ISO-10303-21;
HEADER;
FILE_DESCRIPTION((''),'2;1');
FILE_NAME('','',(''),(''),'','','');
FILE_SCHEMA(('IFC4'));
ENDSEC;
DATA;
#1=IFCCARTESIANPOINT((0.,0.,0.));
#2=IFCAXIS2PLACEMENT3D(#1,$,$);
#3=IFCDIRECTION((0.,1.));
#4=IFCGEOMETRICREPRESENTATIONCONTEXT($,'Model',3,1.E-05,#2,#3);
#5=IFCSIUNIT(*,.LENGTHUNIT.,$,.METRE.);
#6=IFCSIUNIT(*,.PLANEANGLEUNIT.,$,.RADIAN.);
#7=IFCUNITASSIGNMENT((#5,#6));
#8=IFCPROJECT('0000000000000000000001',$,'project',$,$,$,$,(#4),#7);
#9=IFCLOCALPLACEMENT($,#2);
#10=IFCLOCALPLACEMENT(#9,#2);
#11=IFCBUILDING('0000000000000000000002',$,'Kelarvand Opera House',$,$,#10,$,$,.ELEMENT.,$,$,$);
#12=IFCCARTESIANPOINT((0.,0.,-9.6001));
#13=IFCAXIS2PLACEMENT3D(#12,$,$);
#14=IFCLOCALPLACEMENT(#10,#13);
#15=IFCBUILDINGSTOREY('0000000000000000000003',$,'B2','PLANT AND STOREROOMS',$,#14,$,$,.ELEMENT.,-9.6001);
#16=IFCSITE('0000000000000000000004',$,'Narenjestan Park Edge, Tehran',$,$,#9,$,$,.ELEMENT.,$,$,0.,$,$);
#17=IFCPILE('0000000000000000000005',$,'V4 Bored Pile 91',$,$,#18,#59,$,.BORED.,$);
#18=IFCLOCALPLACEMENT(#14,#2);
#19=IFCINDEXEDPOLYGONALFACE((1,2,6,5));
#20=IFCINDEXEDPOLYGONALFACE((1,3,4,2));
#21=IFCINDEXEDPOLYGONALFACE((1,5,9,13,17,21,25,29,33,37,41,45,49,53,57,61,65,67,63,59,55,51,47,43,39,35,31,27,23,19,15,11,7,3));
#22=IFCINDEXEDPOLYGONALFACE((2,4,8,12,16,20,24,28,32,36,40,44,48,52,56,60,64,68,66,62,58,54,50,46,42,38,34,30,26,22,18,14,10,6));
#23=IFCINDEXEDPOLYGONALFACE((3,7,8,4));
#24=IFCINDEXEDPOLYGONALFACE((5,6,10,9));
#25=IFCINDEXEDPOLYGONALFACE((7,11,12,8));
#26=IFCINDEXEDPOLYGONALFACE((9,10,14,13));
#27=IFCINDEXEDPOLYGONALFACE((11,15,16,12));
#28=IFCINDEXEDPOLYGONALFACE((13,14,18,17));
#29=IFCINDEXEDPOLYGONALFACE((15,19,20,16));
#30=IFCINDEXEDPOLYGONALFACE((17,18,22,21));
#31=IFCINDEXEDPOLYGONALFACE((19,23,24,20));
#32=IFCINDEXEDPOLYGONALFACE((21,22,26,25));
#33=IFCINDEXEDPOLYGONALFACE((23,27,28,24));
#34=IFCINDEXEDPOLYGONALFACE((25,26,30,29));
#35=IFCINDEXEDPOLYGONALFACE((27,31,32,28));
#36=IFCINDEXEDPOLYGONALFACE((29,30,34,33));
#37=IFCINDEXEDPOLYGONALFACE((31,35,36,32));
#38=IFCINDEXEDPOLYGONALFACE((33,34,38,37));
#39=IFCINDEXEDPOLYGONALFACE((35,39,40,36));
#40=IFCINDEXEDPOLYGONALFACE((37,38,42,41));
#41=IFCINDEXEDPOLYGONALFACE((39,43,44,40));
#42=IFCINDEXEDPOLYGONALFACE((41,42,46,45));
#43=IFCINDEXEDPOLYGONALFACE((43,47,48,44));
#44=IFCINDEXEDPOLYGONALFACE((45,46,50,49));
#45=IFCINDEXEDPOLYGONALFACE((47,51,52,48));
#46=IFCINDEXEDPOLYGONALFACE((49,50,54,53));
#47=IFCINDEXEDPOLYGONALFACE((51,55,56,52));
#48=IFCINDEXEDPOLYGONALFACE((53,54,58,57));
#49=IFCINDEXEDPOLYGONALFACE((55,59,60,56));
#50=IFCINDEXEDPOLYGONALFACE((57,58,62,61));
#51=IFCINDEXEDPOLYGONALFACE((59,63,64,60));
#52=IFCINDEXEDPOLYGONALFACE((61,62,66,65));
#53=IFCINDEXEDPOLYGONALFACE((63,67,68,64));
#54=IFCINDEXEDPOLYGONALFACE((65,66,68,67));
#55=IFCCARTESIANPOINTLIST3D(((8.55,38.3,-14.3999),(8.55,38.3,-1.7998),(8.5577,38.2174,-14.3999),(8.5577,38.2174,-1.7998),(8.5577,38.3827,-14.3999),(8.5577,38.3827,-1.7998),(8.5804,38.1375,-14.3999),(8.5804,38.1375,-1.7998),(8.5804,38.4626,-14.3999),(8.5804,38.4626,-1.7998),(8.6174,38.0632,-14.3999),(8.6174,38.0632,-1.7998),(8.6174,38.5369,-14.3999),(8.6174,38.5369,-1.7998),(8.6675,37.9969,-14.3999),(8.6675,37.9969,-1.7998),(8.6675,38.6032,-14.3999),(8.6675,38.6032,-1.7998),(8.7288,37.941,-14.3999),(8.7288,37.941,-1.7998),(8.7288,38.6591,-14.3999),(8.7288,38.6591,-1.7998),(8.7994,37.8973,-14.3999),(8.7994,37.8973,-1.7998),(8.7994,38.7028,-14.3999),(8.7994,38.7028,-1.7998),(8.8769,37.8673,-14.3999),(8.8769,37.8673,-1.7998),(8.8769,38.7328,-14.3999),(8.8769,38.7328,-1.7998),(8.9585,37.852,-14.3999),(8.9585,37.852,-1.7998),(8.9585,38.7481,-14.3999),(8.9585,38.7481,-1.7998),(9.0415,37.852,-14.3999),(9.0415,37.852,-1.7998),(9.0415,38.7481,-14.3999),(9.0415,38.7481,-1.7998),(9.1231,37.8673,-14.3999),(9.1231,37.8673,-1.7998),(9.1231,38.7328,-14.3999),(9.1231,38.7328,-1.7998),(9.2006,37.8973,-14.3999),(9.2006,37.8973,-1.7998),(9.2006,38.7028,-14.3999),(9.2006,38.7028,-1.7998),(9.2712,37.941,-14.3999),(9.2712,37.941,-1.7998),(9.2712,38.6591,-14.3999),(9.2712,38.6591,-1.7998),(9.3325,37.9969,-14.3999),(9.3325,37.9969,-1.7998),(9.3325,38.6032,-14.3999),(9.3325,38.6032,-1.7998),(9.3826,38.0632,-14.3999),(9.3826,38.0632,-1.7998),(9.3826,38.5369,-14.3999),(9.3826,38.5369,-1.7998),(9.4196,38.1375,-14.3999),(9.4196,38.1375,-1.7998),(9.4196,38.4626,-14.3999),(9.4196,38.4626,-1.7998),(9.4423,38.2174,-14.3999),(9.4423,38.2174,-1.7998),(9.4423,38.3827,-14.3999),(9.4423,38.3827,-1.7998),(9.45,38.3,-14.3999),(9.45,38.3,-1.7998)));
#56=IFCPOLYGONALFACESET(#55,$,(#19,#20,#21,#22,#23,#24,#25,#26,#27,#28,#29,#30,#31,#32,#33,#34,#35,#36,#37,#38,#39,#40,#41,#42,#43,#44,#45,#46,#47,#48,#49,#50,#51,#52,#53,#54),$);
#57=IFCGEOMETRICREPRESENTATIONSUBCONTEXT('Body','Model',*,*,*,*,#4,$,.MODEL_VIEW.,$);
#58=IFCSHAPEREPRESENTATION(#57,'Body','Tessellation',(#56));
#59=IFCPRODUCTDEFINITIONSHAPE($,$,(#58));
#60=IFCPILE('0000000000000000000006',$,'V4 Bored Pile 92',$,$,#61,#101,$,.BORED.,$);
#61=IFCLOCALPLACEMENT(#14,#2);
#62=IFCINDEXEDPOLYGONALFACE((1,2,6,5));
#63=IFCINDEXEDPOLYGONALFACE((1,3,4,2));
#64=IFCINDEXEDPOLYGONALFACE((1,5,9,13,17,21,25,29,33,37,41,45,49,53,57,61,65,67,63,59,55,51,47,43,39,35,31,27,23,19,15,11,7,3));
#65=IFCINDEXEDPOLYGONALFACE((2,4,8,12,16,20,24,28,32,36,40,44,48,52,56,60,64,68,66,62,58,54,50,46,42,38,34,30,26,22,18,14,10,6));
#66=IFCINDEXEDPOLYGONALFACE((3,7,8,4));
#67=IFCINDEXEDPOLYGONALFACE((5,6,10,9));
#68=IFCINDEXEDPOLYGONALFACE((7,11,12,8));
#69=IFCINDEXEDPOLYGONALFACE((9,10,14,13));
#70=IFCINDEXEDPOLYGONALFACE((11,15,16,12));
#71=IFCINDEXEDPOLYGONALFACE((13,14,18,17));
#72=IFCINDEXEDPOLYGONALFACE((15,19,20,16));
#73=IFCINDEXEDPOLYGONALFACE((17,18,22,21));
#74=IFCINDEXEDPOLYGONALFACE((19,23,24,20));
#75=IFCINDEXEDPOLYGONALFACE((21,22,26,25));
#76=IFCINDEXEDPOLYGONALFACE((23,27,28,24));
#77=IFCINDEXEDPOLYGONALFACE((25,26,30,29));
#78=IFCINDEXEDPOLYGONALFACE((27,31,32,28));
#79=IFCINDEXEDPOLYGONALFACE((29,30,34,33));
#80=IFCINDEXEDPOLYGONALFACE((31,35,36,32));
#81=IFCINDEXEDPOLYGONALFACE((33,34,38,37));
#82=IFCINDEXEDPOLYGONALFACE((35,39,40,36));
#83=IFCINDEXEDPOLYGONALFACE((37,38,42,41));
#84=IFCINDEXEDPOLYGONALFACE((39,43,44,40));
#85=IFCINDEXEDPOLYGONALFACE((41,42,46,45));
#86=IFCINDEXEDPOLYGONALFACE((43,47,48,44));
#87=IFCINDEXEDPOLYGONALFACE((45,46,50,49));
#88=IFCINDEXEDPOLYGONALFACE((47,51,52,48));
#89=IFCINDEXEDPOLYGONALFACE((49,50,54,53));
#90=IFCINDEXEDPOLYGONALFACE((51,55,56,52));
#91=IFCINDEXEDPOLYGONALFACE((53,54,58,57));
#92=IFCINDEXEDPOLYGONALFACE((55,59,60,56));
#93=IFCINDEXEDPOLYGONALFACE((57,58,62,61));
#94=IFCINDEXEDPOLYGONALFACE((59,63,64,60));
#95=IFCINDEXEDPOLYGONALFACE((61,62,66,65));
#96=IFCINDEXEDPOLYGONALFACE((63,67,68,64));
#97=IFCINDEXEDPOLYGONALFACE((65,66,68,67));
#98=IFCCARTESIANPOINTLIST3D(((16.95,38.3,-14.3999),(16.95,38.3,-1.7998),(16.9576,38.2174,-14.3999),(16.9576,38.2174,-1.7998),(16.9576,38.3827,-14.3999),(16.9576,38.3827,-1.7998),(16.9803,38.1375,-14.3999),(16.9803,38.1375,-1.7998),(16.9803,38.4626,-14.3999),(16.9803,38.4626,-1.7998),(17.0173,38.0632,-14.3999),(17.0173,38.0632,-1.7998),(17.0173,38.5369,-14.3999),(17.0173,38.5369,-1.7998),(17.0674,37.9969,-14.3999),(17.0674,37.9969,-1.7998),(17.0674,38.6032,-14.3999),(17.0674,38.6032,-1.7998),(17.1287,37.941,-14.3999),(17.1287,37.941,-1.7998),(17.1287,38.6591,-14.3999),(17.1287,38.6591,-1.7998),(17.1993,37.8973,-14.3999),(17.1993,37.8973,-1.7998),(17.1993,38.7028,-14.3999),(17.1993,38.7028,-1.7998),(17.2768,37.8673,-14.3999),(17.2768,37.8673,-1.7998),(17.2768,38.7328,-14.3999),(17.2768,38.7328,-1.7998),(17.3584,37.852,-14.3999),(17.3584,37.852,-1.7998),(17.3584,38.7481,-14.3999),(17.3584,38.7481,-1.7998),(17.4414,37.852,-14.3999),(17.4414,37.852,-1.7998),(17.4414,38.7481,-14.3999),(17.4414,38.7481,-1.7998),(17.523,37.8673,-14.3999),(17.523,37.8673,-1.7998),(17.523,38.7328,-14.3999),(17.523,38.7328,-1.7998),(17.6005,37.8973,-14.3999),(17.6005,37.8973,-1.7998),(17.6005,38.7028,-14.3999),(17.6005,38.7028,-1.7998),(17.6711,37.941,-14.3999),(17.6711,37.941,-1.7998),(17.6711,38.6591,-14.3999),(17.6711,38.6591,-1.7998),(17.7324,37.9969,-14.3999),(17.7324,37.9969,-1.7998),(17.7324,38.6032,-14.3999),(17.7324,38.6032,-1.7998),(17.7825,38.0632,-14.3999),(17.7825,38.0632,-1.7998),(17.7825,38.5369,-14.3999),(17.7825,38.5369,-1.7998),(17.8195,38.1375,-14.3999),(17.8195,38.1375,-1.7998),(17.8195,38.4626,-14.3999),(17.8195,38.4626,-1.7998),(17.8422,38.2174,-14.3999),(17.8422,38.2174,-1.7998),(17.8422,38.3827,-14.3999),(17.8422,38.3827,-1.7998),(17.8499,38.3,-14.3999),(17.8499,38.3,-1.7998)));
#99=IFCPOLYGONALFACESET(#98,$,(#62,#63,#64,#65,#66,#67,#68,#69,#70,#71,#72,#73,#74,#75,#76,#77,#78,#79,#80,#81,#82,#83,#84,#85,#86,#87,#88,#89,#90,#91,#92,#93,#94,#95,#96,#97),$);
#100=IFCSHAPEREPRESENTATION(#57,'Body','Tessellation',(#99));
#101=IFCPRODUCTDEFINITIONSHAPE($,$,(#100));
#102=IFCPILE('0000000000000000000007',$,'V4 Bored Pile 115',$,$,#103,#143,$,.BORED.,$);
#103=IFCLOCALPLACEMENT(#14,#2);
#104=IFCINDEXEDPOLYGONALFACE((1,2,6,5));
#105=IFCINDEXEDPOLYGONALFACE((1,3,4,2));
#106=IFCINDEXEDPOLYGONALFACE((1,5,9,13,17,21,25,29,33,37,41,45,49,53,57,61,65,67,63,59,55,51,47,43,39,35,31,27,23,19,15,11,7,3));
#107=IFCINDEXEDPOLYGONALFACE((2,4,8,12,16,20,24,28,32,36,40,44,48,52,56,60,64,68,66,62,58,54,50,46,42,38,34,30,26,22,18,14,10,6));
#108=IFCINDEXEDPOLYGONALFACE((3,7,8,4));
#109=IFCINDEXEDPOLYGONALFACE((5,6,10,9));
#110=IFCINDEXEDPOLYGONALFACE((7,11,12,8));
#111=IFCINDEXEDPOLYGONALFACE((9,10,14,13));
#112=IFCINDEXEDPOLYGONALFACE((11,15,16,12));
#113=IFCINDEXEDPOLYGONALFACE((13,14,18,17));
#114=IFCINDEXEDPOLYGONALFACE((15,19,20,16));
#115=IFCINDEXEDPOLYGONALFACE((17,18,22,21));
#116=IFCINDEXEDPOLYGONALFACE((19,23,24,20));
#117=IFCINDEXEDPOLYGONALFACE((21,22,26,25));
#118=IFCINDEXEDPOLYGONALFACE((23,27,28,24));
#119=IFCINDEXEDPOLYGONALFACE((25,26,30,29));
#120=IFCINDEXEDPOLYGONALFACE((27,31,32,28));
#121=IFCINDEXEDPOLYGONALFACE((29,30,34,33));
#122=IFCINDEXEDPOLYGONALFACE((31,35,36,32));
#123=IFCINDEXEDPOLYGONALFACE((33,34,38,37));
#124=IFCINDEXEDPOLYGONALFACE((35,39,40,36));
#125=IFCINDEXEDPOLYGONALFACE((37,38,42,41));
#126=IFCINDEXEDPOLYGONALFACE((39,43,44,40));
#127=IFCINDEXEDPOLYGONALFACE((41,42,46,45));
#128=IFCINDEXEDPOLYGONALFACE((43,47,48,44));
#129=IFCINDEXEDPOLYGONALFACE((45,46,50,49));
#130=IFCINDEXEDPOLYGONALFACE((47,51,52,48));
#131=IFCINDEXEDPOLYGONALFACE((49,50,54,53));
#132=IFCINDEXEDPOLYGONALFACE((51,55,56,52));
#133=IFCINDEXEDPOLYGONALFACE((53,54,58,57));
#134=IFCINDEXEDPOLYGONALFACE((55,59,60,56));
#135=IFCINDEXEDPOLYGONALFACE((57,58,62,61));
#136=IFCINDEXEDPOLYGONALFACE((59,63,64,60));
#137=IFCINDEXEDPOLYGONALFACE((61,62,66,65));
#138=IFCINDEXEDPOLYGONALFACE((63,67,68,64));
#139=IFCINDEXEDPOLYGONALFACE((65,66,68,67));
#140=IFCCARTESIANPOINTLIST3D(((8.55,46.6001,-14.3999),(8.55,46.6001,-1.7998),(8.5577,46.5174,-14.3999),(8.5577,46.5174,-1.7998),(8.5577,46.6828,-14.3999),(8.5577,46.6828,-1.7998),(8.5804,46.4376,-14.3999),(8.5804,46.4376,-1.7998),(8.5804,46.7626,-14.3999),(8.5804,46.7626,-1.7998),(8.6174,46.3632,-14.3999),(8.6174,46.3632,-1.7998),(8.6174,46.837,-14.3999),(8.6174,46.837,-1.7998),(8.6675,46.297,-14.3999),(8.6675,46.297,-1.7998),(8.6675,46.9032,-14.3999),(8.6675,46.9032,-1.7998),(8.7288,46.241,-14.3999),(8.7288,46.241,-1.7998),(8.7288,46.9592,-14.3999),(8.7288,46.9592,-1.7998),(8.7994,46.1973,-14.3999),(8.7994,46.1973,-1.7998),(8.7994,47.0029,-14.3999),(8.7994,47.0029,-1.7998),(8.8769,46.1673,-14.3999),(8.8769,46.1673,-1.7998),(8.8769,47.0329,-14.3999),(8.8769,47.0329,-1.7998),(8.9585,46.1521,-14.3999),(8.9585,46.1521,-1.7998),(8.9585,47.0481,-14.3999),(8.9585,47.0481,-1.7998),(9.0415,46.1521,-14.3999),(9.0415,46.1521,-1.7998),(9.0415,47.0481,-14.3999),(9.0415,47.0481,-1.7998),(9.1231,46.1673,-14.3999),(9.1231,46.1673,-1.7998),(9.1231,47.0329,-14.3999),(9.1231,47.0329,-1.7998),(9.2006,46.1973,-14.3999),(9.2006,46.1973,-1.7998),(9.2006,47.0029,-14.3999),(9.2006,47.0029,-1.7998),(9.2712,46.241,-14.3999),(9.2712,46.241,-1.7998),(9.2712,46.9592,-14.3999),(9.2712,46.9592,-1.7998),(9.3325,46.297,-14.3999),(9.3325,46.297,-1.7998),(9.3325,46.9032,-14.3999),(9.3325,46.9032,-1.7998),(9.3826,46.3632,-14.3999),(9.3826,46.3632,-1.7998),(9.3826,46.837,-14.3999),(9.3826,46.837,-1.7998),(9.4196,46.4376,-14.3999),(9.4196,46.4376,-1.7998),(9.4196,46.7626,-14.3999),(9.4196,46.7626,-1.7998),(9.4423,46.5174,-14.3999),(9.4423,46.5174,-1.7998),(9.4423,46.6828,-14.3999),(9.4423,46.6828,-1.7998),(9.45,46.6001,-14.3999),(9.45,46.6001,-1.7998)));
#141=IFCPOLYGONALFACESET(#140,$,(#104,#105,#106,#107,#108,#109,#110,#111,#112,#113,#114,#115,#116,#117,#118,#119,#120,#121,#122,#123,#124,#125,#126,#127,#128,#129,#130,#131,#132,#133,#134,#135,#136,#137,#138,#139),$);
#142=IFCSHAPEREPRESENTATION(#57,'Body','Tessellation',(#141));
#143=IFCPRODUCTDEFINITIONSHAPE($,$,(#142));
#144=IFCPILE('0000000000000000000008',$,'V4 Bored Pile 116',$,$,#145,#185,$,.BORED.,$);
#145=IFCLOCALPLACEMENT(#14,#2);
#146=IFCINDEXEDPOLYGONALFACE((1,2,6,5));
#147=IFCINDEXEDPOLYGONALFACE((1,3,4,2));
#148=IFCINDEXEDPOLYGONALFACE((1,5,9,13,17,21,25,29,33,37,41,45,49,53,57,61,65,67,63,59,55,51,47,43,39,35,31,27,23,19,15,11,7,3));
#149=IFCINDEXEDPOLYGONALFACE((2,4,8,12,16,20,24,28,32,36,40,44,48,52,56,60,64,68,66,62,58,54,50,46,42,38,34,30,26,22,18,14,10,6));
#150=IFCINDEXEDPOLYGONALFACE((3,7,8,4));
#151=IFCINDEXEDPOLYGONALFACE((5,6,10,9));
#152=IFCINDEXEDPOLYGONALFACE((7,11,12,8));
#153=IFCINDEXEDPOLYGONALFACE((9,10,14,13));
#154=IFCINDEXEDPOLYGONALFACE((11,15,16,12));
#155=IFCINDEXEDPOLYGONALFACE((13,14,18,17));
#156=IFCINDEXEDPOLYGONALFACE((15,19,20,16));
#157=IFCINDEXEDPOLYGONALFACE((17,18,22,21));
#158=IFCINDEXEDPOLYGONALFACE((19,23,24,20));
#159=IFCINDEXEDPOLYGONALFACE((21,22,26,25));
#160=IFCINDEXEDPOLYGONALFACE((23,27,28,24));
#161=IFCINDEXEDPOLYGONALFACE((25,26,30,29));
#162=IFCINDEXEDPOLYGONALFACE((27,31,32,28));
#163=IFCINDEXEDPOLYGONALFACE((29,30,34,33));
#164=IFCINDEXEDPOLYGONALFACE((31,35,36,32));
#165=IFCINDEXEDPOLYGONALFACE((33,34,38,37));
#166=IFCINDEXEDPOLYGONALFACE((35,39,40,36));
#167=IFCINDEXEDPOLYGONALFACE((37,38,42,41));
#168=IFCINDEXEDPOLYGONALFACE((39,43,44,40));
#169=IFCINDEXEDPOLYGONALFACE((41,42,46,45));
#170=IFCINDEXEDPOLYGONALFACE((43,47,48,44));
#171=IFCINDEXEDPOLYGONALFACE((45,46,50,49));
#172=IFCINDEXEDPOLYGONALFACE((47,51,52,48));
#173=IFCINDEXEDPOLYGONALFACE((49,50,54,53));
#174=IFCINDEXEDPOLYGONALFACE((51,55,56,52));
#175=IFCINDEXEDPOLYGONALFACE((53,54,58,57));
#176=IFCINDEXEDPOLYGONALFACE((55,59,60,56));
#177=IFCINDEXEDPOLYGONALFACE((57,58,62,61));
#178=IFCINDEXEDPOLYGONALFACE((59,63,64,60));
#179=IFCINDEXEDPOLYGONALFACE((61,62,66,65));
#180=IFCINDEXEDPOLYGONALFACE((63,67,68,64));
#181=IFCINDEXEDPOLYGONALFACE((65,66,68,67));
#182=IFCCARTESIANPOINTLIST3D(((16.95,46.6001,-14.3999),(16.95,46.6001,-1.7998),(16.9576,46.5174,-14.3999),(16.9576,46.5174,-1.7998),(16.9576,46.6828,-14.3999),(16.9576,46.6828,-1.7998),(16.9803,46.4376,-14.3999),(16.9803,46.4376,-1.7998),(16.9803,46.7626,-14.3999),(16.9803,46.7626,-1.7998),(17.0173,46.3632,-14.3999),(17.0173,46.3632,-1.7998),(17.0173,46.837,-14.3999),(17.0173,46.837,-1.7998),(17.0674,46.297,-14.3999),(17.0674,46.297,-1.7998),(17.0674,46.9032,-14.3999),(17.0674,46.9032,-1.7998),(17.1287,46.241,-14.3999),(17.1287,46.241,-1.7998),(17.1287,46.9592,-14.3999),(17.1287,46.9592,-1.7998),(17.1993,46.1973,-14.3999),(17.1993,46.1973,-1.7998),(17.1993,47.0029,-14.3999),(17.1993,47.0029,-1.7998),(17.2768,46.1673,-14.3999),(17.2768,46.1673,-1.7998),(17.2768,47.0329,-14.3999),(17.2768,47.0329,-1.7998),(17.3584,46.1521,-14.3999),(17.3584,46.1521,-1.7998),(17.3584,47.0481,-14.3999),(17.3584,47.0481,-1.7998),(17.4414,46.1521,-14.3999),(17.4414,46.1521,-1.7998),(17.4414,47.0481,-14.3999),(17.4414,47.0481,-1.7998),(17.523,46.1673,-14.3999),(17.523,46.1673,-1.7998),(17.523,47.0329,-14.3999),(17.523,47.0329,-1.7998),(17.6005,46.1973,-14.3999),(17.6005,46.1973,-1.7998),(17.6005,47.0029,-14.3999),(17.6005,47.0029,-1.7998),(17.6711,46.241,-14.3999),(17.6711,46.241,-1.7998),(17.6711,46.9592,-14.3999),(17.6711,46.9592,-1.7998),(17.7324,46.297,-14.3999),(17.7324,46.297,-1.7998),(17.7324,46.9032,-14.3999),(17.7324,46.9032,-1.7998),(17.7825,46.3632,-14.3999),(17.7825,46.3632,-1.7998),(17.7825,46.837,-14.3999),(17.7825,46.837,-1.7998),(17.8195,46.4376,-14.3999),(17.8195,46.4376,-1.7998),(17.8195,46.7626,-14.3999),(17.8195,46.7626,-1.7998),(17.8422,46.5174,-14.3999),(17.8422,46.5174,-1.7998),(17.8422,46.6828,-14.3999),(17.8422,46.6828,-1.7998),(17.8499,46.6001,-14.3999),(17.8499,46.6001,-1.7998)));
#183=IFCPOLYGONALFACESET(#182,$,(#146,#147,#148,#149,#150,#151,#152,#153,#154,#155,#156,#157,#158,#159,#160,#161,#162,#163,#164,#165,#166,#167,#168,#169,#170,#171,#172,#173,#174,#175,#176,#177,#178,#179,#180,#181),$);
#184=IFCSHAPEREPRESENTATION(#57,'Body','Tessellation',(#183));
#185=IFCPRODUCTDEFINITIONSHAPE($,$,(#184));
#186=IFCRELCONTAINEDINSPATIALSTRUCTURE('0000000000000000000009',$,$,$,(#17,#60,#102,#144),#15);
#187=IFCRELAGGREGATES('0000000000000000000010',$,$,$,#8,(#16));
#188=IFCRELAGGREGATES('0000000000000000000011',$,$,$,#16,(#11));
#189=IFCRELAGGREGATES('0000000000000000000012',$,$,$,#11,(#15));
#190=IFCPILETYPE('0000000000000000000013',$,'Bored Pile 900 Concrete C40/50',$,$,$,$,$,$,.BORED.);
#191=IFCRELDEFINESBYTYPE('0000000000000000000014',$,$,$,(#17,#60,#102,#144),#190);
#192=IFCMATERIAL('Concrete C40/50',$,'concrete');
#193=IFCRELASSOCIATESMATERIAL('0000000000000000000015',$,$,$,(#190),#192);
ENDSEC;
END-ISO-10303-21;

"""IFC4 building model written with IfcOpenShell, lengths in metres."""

from ifc_helpers import new_model, si_unit, direction, frame, origin, origin_2d, place, context, subcontext, project, spatial, circle, extrude, material, material_profile, profile_set, type_object, element, save


model = new_model("IFC4")

# Units and contexts
model_context = context("Model", 3, precision=1e-05, world=origin(), true_north=direction((0.0, 1.0)))
body_context = subcontext(model_context, "Body", "Model", "MODEL_VIEW")
ifc_project = project(units=[si_unit("LENGTHUNIT", "METRE"), si_unit("PLANEANGLEUNIT", "RADIAN")], contexts=[model_context])

# Site, building, storey
site_placement = place(None, origin())
site = spatial("IfcSite", under=ifc_project, at=site_placement, Name="Narenjestan Park Edge, Tehran", CompositionType="ELEMENT", RefElevation=0.0)
building_placement = place(site_placement, origin())
building = spatial("IfcBuilding", under=site, at=building_placement, Name="Kelarvand Opera House", CompositionType="ELEMENT")
storey_placement = place(building_placement, frame((0.0, 0.0, -9.6001)))
storey = spatial("IfcBuildingStorey", under=building, at=storey_placement, Name="B2", Description="PLANT AND STOREROOMS", CompositionType="ELEMENT", Elevation=-9.6001)

# Piles
ifc_material_1 = material(Name="Concrete C40/50", Category="concrete")
ifc_material_profile_1 = material_profile(ifc_material_1, circle(Radius=0.45, at=origin_2d()), Name="BP 900", Category="concrete")
ifc_profile_set_1 = profile_set([ifc_material_profile_1], Name="Concrete C40/50")
pile_type = type_object("IfcPileType", Name="Bored Pile 900 Concrete C40/50", PredefinedType="BORED", material=ifc_profile_set_1)
for number, where, z_axis, x_axis, name in (
    (1, (9.0, 38.3, -1.7998), (0.0, 0.0, -1.0), (1.0, 0.0, 0.0), "V4 Bored Pile 91"),
    (2, (17.3999, 38.3, -1.7998), (0.0, 0.0, -1.0), (1.0, 0.0, 0.0), "V4 Bored Pile 92"),
    (3, (9.0, 46.6001, -1.7998), (0.0, 0.0, -1.0), (1.0, 0.0, 0.0), "V4 Bored Pile 115"),
    (4, (17.3999, 46.6001, -1.7998), (0.0, 0.0, -1.0), (1.0, 0.0, 0.0), "V4 Bored Pile 116"),
):
    element("IfcPile", number, at=place(storey_placement, frame(where, z_axis=z_axis, x_axis=x_axis)), inside=storey, type_object=pile_type, Name=name, PredefinedType="BORED", context=body_context, shape_type="SweptSolid", body=[
        extrude(circle(Radius=0.45, at=origin_2d()), origin(), (0.0, 0.0, 1.0), 12.6001),
    ])

save(model, "model.ifc")
